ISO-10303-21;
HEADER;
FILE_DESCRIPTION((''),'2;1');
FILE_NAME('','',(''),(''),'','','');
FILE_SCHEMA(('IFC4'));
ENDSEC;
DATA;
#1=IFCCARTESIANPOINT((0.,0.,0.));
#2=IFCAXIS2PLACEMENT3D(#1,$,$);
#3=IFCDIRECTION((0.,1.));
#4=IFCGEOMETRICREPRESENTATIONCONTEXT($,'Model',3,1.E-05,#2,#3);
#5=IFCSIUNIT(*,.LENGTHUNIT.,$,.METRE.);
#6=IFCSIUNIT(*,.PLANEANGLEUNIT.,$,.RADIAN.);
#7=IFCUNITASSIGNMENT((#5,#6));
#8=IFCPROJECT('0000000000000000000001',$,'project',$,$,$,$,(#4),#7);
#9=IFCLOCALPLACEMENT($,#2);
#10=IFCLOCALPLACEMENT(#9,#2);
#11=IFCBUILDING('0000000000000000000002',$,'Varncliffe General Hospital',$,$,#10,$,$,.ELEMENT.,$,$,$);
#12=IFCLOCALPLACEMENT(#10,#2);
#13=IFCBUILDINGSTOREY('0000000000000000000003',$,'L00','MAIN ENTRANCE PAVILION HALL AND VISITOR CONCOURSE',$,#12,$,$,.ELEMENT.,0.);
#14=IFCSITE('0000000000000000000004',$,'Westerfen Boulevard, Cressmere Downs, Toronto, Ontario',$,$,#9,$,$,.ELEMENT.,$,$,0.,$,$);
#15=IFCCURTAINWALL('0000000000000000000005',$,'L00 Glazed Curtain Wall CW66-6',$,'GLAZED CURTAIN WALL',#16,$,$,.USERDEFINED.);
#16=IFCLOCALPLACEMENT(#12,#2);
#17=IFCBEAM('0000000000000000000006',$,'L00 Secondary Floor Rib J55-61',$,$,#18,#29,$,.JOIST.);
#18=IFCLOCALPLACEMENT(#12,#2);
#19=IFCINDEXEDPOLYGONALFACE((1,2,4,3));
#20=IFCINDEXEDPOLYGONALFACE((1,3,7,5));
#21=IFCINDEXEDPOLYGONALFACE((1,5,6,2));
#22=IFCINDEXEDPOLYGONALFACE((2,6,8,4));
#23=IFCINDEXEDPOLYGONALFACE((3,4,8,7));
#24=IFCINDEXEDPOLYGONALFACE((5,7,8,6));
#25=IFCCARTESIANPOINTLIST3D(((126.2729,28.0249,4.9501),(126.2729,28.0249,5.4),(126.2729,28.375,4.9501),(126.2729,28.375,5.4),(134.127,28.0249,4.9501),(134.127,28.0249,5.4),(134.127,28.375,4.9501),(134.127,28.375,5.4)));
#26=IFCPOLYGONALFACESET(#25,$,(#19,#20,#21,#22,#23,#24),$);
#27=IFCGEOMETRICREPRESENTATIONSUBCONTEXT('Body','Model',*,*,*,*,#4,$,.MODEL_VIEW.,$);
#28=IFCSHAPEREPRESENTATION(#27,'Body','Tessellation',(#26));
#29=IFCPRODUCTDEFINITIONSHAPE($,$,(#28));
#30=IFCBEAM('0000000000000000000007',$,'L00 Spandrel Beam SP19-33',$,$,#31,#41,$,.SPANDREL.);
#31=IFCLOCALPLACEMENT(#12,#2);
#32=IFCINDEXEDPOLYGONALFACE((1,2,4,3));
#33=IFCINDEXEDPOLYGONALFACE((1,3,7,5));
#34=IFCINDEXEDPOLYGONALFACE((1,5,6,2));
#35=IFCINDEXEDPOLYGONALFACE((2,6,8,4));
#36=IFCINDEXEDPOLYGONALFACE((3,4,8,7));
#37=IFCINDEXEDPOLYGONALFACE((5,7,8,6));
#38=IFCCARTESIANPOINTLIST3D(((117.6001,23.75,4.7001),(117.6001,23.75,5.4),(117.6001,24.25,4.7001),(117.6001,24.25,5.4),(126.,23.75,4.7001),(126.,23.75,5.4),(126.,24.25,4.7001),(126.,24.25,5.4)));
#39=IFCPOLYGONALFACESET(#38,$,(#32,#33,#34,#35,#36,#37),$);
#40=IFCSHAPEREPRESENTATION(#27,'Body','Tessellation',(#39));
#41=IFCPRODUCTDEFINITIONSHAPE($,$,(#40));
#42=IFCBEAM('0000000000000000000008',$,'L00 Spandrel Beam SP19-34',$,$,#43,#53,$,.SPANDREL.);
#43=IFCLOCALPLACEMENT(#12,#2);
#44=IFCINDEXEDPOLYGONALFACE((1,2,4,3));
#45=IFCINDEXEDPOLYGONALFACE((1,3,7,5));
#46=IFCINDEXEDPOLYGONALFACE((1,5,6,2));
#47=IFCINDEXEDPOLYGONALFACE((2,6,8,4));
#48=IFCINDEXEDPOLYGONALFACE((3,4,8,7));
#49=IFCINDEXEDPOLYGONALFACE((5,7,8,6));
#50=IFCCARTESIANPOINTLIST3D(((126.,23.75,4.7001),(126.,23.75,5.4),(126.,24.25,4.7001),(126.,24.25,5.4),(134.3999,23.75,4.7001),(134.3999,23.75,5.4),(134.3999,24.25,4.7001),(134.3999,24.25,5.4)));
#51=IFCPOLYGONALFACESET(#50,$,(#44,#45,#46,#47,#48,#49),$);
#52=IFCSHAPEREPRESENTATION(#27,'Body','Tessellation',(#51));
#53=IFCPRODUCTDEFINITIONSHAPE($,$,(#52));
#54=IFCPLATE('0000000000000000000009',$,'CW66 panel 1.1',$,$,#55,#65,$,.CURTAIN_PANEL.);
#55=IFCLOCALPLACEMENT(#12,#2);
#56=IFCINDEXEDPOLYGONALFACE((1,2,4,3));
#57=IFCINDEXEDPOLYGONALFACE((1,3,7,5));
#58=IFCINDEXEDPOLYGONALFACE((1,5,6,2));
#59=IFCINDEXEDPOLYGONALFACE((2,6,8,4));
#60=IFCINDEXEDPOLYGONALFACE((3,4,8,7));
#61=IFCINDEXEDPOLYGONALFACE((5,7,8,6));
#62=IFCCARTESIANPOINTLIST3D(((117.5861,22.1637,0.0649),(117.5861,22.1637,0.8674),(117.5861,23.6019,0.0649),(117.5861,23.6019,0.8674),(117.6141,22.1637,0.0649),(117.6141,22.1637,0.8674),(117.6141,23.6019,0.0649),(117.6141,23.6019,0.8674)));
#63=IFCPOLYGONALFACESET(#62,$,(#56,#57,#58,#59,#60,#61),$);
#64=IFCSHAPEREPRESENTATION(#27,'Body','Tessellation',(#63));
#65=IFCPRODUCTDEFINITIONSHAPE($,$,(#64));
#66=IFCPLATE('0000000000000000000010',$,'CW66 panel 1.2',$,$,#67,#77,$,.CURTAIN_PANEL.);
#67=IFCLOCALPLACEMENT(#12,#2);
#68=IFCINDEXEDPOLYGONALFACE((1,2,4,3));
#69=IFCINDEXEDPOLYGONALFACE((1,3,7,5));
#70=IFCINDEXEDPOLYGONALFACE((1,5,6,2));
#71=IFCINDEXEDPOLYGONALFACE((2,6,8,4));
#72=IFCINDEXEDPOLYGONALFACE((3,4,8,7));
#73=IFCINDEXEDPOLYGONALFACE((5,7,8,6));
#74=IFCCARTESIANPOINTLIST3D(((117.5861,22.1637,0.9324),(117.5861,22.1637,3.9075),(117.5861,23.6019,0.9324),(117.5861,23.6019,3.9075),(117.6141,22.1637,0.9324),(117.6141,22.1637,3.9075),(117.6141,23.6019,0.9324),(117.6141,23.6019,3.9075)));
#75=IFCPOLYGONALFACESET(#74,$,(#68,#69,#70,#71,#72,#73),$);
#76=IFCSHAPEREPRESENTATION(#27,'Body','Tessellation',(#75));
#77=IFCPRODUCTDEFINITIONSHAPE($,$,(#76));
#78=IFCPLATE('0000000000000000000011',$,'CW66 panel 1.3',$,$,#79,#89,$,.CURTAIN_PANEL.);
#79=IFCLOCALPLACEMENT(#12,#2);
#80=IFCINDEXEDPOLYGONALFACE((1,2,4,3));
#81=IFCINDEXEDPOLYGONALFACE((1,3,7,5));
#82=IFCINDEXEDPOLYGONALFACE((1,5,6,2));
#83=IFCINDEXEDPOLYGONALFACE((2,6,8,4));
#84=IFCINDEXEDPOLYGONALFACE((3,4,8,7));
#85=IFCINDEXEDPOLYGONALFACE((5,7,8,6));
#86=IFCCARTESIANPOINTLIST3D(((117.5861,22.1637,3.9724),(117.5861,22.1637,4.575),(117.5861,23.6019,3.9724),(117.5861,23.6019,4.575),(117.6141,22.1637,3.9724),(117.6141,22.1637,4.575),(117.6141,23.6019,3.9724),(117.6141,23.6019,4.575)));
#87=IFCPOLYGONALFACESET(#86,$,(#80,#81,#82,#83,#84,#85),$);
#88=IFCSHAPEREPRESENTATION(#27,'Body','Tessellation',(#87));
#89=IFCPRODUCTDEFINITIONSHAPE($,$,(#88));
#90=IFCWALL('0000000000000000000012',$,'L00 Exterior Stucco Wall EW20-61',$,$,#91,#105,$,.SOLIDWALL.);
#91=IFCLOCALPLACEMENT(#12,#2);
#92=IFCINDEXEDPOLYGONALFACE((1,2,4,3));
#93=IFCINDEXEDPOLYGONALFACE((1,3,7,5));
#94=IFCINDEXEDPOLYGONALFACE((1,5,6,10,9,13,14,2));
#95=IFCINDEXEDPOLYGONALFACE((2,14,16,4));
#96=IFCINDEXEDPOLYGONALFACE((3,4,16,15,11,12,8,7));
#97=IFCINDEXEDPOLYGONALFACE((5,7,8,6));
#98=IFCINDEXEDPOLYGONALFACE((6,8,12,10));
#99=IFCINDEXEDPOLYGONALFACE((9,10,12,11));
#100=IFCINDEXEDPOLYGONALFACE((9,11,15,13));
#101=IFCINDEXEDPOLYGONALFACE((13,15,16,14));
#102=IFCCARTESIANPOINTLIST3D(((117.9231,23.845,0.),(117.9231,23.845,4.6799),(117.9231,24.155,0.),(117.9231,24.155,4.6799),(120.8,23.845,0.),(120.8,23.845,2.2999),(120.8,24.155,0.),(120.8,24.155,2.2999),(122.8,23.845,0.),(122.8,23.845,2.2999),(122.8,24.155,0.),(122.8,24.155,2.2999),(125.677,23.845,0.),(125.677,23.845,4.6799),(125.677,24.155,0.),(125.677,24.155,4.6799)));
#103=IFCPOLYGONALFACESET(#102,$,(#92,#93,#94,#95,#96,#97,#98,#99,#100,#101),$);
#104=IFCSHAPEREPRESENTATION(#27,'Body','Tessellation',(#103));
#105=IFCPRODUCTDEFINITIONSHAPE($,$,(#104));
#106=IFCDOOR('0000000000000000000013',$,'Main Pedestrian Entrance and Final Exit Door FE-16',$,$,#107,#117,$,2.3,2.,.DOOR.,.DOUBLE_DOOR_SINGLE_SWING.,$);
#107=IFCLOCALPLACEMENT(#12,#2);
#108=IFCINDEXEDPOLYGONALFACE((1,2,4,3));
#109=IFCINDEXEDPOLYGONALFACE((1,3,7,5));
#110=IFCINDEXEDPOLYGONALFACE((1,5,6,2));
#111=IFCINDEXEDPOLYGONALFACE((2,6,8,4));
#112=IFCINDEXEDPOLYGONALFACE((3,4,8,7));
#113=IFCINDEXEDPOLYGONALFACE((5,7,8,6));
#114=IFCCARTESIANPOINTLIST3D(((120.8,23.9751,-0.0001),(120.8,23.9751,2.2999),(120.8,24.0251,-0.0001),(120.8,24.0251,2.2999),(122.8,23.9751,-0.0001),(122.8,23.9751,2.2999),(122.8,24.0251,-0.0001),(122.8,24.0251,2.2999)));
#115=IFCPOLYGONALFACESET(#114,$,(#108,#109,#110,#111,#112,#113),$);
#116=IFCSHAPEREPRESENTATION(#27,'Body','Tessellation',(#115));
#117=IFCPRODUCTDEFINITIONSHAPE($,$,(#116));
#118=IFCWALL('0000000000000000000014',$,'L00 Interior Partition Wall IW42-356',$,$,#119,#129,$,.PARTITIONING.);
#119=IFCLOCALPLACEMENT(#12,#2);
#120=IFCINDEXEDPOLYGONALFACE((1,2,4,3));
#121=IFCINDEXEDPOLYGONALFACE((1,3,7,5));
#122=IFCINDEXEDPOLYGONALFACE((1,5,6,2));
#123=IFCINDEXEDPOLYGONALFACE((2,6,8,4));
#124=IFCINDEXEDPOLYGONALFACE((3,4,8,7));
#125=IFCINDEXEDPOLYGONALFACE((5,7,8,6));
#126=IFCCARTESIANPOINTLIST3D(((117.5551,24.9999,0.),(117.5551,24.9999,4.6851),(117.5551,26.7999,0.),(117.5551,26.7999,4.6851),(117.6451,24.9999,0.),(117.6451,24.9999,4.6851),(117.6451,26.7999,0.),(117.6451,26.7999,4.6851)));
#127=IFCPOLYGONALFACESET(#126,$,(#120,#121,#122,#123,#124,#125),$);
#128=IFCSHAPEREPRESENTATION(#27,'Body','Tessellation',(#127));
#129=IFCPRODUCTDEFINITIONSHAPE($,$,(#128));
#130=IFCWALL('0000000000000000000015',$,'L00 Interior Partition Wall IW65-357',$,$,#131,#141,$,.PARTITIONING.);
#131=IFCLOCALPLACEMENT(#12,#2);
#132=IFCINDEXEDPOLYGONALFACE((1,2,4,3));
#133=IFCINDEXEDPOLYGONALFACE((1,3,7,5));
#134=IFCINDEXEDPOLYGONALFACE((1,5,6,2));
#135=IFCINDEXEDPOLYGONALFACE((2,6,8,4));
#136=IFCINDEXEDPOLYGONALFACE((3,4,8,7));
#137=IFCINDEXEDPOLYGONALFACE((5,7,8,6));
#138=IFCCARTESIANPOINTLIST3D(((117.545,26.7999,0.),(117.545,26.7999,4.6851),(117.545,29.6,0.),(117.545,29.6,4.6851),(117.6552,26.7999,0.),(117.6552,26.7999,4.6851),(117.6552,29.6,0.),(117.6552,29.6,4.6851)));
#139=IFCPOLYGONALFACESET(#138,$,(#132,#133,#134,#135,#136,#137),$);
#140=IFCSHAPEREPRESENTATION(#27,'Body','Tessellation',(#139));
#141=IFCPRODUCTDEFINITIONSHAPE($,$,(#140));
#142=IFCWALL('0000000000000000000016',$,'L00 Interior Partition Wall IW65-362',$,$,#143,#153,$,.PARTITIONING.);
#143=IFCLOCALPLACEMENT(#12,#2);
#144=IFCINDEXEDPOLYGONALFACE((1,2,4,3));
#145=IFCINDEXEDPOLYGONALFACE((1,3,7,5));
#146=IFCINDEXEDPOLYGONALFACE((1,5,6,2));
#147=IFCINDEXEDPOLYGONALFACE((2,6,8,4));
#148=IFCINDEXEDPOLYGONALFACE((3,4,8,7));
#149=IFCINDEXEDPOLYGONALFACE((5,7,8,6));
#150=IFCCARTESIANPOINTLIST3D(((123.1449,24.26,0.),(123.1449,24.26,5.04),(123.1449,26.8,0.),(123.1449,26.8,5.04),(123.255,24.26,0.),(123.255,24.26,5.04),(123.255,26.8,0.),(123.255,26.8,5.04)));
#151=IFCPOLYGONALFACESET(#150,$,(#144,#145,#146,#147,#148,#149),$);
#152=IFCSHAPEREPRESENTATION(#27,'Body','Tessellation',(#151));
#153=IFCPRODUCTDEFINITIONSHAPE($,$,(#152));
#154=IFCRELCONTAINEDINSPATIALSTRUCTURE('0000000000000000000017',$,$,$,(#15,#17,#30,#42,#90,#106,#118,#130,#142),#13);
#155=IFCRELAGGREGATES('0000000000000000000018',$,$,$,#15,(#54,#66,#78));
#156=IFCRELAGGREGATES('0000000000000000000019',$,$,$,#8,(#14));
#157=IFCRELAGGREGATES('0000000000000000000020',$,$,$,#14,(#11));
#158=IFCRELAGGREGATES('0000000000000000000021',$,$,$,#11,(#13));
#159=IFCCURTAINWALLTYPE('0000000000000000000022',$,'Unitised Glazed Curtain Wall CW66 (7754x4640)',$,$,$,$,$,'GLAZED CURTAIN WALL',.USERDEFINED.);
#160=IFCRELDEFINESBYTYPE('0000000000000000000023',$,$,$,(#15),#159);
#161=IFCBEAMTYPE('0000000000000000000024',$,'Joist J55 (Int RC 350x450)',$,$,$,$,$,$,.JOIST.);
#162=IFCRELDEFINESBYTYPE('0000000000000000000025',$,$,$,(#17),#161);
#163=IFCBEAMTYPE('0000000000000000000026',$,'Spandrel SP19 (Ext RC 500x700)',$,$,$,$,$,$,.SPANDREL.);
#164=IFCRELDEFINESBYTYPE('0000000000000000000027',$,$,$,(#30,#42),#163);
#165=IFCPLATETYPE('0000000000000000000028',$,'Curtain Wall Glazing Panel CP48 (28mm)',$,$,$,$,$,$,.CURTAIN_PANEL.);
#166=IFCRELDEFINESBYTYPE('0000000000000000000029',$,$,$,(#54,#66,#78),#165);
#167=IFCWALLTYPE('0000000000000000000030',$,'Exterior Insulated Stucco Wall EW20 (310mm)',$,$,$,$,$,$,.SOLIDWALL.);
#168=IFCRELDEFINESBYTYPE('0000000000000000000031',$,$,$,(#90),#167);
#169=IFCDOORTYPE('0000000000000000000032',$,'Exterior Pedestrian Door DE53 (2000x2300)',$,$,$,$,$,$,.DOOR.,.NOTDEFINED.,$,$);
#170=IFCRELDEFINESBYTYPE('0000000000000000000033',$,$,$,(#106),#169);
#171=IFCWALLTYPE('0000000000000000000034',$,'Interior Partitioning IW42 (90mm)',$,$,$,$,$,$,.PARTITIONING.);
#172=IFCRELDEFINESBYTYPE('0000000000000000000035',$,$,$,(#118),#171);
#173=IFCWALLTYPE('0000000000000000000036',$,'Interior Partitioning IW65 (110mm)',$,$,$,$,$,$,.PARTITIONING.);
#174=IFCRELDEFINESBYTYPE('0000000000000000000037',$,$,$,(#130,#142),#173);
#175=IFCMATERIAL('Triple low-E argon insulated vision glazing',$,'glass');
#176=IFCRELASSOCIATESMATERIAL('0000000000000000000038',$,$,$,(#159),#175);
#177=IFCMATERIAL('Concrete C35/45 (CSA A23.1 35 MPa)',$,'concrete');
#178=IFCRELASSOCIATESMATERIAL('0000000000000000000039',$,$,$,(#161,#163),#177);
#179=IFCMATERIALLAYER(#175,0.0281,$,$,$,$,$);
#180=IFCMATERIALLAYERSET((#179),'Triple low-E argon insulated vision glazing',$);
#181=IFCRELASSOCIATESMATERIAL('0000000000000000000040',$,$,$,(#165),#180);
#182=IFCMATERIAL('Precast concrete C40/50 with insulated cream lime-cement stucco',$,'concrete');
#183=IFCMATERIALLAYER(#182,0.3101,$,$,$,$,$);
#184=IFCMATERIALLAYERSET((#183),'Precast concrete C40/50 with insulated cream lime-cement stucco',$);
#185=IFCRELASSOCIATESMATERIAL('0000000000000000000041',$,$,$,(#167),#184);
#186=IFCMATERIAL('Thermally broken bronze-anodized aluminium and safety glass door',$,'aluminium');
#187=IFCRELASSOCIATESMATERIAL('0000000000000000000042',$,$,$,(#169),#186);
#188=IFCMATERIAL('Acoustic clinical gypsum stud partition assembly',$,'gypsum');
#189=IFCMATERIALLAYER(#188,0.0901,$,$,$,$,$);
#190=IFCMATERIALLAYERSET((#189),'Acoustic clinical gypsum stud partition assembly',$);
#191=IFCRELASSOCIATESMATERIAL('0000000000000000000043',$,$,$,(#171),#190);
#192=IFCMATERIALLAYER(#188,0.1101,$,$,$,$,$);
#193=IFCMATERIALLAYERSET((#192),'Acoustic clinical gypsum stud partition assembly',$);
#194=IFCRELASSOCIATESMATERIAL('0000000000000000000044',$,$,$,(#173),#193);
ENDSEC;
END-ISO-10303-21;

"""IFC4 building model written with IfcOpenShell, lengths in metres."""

from ifc_helpers import new_model, si_unit, direction, frame, frame_2d, origin, origin_2d, place, context, subcontext, project, spatial, rectangle, extrude, material, layer, layer_set, material_profile, profile_set, type_object, element, fill, aggregate, save


model = new_model("IFC4")

# Units and contexts
model_context = context("Model", 3, precision=1e-05, world=origin(), true_north=direction((0.0, 1.0)))
body_context = subcontext(model_context, "Body", "Model", "MODEL_VIEW")
ifc_project = project(units=[si_unit("LENGTHUNIT", "METRE"), si_unit("PLANEANGLEUNIT", "RADIAN")], contexts=[model_context])

# Site, building, storey
site_placement = place(None, origin())
site = spatial("IfcSite", under=ifc_project, at=site_placement, Name="Westerfen Boulevard, Cressmere Downs, Toronto, Ontario", CompositionType="ELEMENT", RefElevation=0.0)
building_placement = place(site_placement, origin())
building = spatial("IfcBuilding", under=site, at=building_placement, Name="Varncliffe General Hospital", CompositionType="ELEMENT")
storey_placement = place(building_placement, origin())
storey = spatial("IfcBuildingStorey", under=building, at=storey_placement, Name="L00", Description="MAIN ENTRANCE PAVILION HALL AND VISITOR CONCOURSE", CompositionType="ELEMENT", Elevation=0.0)

# Shared definitions
ifc_material_1 = material(Name="Concrete C35/45 (CSA A23.1 35 MPa)", Category="concrete")

# Curtain wall
ifc_material_2 = material(Name="Triple low-E argon insulated vision glazing", Category="glass")
curtain_wall_type = type_object("IfcCurtainWallType", Name="Unitised Glazed Curtain Wall CW66 (7754x4640)", ElementType="GLAZED CURTAIN WALL", PredefinedType="USERDEFINED", material=ifc_material_2)
curtain_wall_placement = place(storey_placement, origin())
curtain_wall = element("IfcCurtainWall", 1, at=curtain_wall_placement, inside=storey, type_object=curtain_wall_type, Name="L00 Glazed Curtain Wall CW66-6", ObjectType="GLAZED CURTAIN WALL", PredefinedType="USERDEFINED")

# Beams
ifc_material_profile_1 = material_profile(ifc_material_1, rectangle(XDim=0.3501, YDim=0.45, at=origin_2d()), Name="RC 350x450")
ifc_profile_set_1 = profile_set([ifc_material_profile_1], Name="Concrete C35/45 (CSA A23.1 35 MPa)")
beam_type_1 = type_object("IfcBeamType", Name="Joist J55 (Int RC 350x450)", PredefinedType="JOIST", material=ifc_profile_set_1)
for number, where, z_axis, x_axis, name in (
    (2, (126.2729, 28.2, 5.175), (1.0, 0.0, 0.0), (0.0, 1.0, 0.0), "L00 Secondary Floor Rib J55-61"),
):
    element("IfcBeam", number, at=place(storey_placement, frame(where, z_axis=z_axis, x_axis=x_axis)), inside=storey, type_object=beam_type_1, Name=name, PredefinedType="JOIST", context=body_context, shape_type="SweptSolid", body=[
        extrude(rectangle(XDim=0.3501, YDim=0.45, at=origin_2d()), origin(), (0.0, 0.0, 1.0), 7.854),
    ])
ifc_material_profile_2 = material_profile(ifc_material_1, rectangle(XDim=0.5, YDim=0.7, at=origin_2d()), Name="RC 500x700")
ifc_profile_set_2 = profile_set([ifc_material_profile_2], Name="Concrete C35/45 (CSA A23.1 35 MPa)")
beam_type_2 = type_object("IfcBeamType", Name="Spandrel SP19 (Ext RC 500x700)", PredefinedType="SPANDREL", material=ifc_profile_set_2)
for number, where, z_axis, x_axis, name in (
    (3, (117.6001, 24.0, 5.05), (1.0, 0.0, 0.0), (0.0, 1.0, 0.0), "L00 Spandrel Beam SP19-33"),
    (4, (126.0, 24.0, 5.05), (1.0, 0.0, 0.0), (0.0, 1.0, 0.0), "L00 Spandrel Beam SP19-34"),
):
    element("IfcBeam", number, at=place(storey_placement, frame(where, z_axis=z_axis, x_axis=x_axis)), inside=storey, type_object=beam_type_2, Name=name, PredefinedType="SPANDREL", context=body_context, shape_type="SweptSolid", body=[
        extrude(rectangle(XDim=0.5, YDim=0.7, at=origin_2d()), origin(), (0.0, 0.0, 1.0), 8.3999),
    ])

# Plates
ifc_layer_1 = layer(ifc_material_2, 0.0281)
ifc_layer_set_1 = layer_set([ifc_layer_1], Name="Triple low-E argon insulated vision glazing")
plate_type = type_object("IfcPlateType", Name="Curtain Wall Glazing Panel CP48 (28mm)", PredefinedType="CURTAIN_PANEL", material=ifc_layer_set_1)
plate_1_placement = place(storey_placement, frame((117.6001, 22.8828, 0.0649), z_axis=(0.0, 0.0, 1.0), x_axis=(0.0, -1.0, 0.0)))
plate_1 = element("IfcPlate", 5, at=plate_1_placement, type_object=plate_type, Name="CW66 panel 1.1", PredefinedType="CURTAIN_PANEL", context=body_context, shape_type="SweptSolid", body=[
    extrude(rectangle(XDim=1.4382, YDim=0.0281, at=origin_2d()), origin(), (0.0, 0.0, 1.0), 0.8025),
])
plate_2_placement = place(storey_placement, frame((117.6001, 22.8828, 0.9324), z_axis=(0.0, 0.0, 1.0), x_axis=(0.0, -1.0, 0.0)))
plate_2 = element("IfcPlate", 6, at=plate_2_placement, type_object=plate_type, Name="CW66 panel 1.2", PredefinedType="CURTAIN_PANEL", context=body_context, shape_type="SweptSolid", body=[
    extrude(rectangle(XDim=1.4382, YDim=0.0281, at=origin_2d()), origin(), (0.0, 0.0, 1.0), 2.9751),
])
plate_3_placement = place(storey_placement, frame((117.6001, 22.8828, 3.9724), z_axis=(0.0, 0.0, 1.0), x_axis=(0.0, -1.0, 0.0)))
plate_3 = element("IfcPlate", 7, at=plate_3_placement, type_object=plate_type, Name="CW66 panel 1.3", PredefinedType="CURTAIN_PANEL", context=body_context, shape_type="SweptSolid", body=[
    extrude(rectangle(XDim=1.4382, YDim=0.0281, at=origin_2d()), origin(), (0.0, 0.0, 1.0), 0.6025),
])
aggregate(curtain_wall, [plate_1, plate_2, plate_3])

# Wall, opening, door
ifc_material_3 = material(Name="Precast concrete C40/50 with insulated cream lime-cement stucco", Category="concrete")
ifc_layer_2 = layer(ifc_material_3, 0.3101)
ifc_layer_set_2 = layer_set([ifc_layer_2], Name="Precast concrete C40/50 with insulated cream lime-cement stucco")
wall_type_1 = type_object("IfcWallType", Name="Exterior Insulated Stucco Wall EW20 (310mm)", PredefinedType="SOLIDWALL", material=ifc_layer_set_2)
wall_1_placement = place(storey_placement, frame((125.677, 24.0, 0.0), z_axis=(0.0, 0.0, 1.0), x_axis=(-1.0, 0.0, 0.0)))
wall_1 = element("IfcWall", 8, at=wall_1_placement, inside=storey, type_object=wall_type_1, Name="L00 Exterior Stucco Wall EW20-61", PredefinedType="SOLIDWALL", context=body_context, shape_type="SweptSolid", body=[
    extrude(rectangle(XDim=7.7539, YDim=0.3101, at=frame_2d((3.877, 0.0))), origin(), (0.0, 0.0, 1.0), 4.6799),
])
opening_1_placement = place(wall_1_placement, frame((2.877, 0.0, 0.0)))
opening_1 = element("IfcOpeningElement", 9, at=opening_1_placement, cuts=wall_1, PredefinedType="OPENING", context=body_context, shape_type="SweptSolid", body=[
    extrude(rectangle(XDim=2.0, YDim=2.3, at=frame_2d((1.0, 1.1499))), frame((0.0, 0.165, 0.0), z_axis=(0.0, -1.0, 0.0), x_axis=(1.0, 0.0, 0.0)), (0.0, 0.0, 1.0), 0.3301),
])
ifc_material_4 = material(Name="Thermally broken bronze-anodized aluminium and safety glass door", Category="aluminium")
door_type_1 = type_object("IfcDoorType", Name="Exterior Pedestrian Door DE53 (2000x2300)", OperationType="NOTDEFINED", PredefinedType="DOOR", material=ifc_material_4)
door_1_placement = place(opening_1_placement, origin())
door_1 = element("IfcDoor", 10, at=door_1_placement, inside=storey, type_object=door_type_1, Name="Main Pedestrian Entrance and Final Exit Door FE-16", OperationType="DOUBLE_DOOR_SINGLE_SWING", OverallHeight=2.3, OverallWidth=2.0, PredefinedType="DOOR", context=body_context, shape_type="SweptSolid", body=[
    extrude(rectangle(XDim=2.0, YDim=2.3, at=frame_2d((1.0, 1.1499))), frame((0.0, 0.0249, 0.0), z_axis=(0.0, -1.0, 0.0), x_axis=(1.0, 0.0, 0.0)), (0.0, 0.0, 1.0), 0.05),
])
fill(opening_1, door_1)

# Walls
ifc_material_5 = material(Name="Acoustic clinical gypsum stud partition assembly", Category="gypsum")
ifc_layer_3 = layer(ifc_material_5, 0.0901)
ifc_layer_set_3 = layer_set([ifc_layer_3], Name="Acoustic clinical gypsum stud partition assembly")
wall_type_2 = type_object("IfcWallType", Name="Interior Partitioning IW42 (90mm)", PredefinedType="PARTITIONING", material=ifc_layer_set_3)
wall_2_placement = place(storey_placement, frame((117.6001, 25.0, 0.0), z_axis=(0.0, 0.0, 1.0), x_axis=(0.0, 1.0, 0.0)))
element("IfcWall", 11, at=wall_2_placement, inside=storey, type_object=wall_type_2, Name="L00 Interior Partition Wall IW42-356", PredefinedType="PARTITIONING", context=body_context, shape_type="SweptSolid", body=[
    extrude(rectangle(XDim=1.8, YDim=0.0901, at=frame_2d((0.8999, 0.0))), origin(), (0.0, 0.0, 1.0), 4.6851),
])
ifc_layer_4 = layer(ifc_material_5, 0.1101)
ifc_layer_set_4 = layer_set([ifc_layer_4], Name="Acoustic clinical gypsum stud partition assembly")
wall_type_3 = type_object("IfcWallType", Name="Interior Partitioning IW65 (110mm)", PredefinedType="PARTITIONING", material=ifc_layer_set_4)
wall_3_placement = place(storey_placement, frame((117.6001, 26.8, 0.0), z_axis=(0.0, 0.0, 1.0), x_axis=(0.0, 1.0, 0.0)))
element("IfcWall", 12, at=wall_3_placement, inside=storey, type_object=wall_type_3, Name="L00 Interior Partition Wall IW65-357", PredefinedType="PARTITIONING", context=body_context, shape_type="SweptSolid", body=[
    extrude(rectangle(XDim=2.8, YDim=0.1101, at=frame_2d((1.3999, 0.0))), origin(), (0.0, 0.0, 1.0), 4.6851),
])
wall_4_placement = place(storey_placement, frame((123.2, 24.26, 0.0), z_axis=(0.0, 0.0, 1.0), x_axis=(0.0, 1.0, 0.0)))
element("IfcWall", 13, at=wall_4_placement, inside=storey, type_object=wall_type_3, Name="L00 Interior Partition Wall IW65-362", PredefinedType="PARTITIONING", context=body_context, shape_type="SweptSolid", body=[
    extrude(rectangle(XDim=2.54, YDim=0.1101, at=frame_2d((1.27, 0.0))), origin(), (0.0, 0.0, 1.0), 5.04),
])

save(model, "model.ifc")
